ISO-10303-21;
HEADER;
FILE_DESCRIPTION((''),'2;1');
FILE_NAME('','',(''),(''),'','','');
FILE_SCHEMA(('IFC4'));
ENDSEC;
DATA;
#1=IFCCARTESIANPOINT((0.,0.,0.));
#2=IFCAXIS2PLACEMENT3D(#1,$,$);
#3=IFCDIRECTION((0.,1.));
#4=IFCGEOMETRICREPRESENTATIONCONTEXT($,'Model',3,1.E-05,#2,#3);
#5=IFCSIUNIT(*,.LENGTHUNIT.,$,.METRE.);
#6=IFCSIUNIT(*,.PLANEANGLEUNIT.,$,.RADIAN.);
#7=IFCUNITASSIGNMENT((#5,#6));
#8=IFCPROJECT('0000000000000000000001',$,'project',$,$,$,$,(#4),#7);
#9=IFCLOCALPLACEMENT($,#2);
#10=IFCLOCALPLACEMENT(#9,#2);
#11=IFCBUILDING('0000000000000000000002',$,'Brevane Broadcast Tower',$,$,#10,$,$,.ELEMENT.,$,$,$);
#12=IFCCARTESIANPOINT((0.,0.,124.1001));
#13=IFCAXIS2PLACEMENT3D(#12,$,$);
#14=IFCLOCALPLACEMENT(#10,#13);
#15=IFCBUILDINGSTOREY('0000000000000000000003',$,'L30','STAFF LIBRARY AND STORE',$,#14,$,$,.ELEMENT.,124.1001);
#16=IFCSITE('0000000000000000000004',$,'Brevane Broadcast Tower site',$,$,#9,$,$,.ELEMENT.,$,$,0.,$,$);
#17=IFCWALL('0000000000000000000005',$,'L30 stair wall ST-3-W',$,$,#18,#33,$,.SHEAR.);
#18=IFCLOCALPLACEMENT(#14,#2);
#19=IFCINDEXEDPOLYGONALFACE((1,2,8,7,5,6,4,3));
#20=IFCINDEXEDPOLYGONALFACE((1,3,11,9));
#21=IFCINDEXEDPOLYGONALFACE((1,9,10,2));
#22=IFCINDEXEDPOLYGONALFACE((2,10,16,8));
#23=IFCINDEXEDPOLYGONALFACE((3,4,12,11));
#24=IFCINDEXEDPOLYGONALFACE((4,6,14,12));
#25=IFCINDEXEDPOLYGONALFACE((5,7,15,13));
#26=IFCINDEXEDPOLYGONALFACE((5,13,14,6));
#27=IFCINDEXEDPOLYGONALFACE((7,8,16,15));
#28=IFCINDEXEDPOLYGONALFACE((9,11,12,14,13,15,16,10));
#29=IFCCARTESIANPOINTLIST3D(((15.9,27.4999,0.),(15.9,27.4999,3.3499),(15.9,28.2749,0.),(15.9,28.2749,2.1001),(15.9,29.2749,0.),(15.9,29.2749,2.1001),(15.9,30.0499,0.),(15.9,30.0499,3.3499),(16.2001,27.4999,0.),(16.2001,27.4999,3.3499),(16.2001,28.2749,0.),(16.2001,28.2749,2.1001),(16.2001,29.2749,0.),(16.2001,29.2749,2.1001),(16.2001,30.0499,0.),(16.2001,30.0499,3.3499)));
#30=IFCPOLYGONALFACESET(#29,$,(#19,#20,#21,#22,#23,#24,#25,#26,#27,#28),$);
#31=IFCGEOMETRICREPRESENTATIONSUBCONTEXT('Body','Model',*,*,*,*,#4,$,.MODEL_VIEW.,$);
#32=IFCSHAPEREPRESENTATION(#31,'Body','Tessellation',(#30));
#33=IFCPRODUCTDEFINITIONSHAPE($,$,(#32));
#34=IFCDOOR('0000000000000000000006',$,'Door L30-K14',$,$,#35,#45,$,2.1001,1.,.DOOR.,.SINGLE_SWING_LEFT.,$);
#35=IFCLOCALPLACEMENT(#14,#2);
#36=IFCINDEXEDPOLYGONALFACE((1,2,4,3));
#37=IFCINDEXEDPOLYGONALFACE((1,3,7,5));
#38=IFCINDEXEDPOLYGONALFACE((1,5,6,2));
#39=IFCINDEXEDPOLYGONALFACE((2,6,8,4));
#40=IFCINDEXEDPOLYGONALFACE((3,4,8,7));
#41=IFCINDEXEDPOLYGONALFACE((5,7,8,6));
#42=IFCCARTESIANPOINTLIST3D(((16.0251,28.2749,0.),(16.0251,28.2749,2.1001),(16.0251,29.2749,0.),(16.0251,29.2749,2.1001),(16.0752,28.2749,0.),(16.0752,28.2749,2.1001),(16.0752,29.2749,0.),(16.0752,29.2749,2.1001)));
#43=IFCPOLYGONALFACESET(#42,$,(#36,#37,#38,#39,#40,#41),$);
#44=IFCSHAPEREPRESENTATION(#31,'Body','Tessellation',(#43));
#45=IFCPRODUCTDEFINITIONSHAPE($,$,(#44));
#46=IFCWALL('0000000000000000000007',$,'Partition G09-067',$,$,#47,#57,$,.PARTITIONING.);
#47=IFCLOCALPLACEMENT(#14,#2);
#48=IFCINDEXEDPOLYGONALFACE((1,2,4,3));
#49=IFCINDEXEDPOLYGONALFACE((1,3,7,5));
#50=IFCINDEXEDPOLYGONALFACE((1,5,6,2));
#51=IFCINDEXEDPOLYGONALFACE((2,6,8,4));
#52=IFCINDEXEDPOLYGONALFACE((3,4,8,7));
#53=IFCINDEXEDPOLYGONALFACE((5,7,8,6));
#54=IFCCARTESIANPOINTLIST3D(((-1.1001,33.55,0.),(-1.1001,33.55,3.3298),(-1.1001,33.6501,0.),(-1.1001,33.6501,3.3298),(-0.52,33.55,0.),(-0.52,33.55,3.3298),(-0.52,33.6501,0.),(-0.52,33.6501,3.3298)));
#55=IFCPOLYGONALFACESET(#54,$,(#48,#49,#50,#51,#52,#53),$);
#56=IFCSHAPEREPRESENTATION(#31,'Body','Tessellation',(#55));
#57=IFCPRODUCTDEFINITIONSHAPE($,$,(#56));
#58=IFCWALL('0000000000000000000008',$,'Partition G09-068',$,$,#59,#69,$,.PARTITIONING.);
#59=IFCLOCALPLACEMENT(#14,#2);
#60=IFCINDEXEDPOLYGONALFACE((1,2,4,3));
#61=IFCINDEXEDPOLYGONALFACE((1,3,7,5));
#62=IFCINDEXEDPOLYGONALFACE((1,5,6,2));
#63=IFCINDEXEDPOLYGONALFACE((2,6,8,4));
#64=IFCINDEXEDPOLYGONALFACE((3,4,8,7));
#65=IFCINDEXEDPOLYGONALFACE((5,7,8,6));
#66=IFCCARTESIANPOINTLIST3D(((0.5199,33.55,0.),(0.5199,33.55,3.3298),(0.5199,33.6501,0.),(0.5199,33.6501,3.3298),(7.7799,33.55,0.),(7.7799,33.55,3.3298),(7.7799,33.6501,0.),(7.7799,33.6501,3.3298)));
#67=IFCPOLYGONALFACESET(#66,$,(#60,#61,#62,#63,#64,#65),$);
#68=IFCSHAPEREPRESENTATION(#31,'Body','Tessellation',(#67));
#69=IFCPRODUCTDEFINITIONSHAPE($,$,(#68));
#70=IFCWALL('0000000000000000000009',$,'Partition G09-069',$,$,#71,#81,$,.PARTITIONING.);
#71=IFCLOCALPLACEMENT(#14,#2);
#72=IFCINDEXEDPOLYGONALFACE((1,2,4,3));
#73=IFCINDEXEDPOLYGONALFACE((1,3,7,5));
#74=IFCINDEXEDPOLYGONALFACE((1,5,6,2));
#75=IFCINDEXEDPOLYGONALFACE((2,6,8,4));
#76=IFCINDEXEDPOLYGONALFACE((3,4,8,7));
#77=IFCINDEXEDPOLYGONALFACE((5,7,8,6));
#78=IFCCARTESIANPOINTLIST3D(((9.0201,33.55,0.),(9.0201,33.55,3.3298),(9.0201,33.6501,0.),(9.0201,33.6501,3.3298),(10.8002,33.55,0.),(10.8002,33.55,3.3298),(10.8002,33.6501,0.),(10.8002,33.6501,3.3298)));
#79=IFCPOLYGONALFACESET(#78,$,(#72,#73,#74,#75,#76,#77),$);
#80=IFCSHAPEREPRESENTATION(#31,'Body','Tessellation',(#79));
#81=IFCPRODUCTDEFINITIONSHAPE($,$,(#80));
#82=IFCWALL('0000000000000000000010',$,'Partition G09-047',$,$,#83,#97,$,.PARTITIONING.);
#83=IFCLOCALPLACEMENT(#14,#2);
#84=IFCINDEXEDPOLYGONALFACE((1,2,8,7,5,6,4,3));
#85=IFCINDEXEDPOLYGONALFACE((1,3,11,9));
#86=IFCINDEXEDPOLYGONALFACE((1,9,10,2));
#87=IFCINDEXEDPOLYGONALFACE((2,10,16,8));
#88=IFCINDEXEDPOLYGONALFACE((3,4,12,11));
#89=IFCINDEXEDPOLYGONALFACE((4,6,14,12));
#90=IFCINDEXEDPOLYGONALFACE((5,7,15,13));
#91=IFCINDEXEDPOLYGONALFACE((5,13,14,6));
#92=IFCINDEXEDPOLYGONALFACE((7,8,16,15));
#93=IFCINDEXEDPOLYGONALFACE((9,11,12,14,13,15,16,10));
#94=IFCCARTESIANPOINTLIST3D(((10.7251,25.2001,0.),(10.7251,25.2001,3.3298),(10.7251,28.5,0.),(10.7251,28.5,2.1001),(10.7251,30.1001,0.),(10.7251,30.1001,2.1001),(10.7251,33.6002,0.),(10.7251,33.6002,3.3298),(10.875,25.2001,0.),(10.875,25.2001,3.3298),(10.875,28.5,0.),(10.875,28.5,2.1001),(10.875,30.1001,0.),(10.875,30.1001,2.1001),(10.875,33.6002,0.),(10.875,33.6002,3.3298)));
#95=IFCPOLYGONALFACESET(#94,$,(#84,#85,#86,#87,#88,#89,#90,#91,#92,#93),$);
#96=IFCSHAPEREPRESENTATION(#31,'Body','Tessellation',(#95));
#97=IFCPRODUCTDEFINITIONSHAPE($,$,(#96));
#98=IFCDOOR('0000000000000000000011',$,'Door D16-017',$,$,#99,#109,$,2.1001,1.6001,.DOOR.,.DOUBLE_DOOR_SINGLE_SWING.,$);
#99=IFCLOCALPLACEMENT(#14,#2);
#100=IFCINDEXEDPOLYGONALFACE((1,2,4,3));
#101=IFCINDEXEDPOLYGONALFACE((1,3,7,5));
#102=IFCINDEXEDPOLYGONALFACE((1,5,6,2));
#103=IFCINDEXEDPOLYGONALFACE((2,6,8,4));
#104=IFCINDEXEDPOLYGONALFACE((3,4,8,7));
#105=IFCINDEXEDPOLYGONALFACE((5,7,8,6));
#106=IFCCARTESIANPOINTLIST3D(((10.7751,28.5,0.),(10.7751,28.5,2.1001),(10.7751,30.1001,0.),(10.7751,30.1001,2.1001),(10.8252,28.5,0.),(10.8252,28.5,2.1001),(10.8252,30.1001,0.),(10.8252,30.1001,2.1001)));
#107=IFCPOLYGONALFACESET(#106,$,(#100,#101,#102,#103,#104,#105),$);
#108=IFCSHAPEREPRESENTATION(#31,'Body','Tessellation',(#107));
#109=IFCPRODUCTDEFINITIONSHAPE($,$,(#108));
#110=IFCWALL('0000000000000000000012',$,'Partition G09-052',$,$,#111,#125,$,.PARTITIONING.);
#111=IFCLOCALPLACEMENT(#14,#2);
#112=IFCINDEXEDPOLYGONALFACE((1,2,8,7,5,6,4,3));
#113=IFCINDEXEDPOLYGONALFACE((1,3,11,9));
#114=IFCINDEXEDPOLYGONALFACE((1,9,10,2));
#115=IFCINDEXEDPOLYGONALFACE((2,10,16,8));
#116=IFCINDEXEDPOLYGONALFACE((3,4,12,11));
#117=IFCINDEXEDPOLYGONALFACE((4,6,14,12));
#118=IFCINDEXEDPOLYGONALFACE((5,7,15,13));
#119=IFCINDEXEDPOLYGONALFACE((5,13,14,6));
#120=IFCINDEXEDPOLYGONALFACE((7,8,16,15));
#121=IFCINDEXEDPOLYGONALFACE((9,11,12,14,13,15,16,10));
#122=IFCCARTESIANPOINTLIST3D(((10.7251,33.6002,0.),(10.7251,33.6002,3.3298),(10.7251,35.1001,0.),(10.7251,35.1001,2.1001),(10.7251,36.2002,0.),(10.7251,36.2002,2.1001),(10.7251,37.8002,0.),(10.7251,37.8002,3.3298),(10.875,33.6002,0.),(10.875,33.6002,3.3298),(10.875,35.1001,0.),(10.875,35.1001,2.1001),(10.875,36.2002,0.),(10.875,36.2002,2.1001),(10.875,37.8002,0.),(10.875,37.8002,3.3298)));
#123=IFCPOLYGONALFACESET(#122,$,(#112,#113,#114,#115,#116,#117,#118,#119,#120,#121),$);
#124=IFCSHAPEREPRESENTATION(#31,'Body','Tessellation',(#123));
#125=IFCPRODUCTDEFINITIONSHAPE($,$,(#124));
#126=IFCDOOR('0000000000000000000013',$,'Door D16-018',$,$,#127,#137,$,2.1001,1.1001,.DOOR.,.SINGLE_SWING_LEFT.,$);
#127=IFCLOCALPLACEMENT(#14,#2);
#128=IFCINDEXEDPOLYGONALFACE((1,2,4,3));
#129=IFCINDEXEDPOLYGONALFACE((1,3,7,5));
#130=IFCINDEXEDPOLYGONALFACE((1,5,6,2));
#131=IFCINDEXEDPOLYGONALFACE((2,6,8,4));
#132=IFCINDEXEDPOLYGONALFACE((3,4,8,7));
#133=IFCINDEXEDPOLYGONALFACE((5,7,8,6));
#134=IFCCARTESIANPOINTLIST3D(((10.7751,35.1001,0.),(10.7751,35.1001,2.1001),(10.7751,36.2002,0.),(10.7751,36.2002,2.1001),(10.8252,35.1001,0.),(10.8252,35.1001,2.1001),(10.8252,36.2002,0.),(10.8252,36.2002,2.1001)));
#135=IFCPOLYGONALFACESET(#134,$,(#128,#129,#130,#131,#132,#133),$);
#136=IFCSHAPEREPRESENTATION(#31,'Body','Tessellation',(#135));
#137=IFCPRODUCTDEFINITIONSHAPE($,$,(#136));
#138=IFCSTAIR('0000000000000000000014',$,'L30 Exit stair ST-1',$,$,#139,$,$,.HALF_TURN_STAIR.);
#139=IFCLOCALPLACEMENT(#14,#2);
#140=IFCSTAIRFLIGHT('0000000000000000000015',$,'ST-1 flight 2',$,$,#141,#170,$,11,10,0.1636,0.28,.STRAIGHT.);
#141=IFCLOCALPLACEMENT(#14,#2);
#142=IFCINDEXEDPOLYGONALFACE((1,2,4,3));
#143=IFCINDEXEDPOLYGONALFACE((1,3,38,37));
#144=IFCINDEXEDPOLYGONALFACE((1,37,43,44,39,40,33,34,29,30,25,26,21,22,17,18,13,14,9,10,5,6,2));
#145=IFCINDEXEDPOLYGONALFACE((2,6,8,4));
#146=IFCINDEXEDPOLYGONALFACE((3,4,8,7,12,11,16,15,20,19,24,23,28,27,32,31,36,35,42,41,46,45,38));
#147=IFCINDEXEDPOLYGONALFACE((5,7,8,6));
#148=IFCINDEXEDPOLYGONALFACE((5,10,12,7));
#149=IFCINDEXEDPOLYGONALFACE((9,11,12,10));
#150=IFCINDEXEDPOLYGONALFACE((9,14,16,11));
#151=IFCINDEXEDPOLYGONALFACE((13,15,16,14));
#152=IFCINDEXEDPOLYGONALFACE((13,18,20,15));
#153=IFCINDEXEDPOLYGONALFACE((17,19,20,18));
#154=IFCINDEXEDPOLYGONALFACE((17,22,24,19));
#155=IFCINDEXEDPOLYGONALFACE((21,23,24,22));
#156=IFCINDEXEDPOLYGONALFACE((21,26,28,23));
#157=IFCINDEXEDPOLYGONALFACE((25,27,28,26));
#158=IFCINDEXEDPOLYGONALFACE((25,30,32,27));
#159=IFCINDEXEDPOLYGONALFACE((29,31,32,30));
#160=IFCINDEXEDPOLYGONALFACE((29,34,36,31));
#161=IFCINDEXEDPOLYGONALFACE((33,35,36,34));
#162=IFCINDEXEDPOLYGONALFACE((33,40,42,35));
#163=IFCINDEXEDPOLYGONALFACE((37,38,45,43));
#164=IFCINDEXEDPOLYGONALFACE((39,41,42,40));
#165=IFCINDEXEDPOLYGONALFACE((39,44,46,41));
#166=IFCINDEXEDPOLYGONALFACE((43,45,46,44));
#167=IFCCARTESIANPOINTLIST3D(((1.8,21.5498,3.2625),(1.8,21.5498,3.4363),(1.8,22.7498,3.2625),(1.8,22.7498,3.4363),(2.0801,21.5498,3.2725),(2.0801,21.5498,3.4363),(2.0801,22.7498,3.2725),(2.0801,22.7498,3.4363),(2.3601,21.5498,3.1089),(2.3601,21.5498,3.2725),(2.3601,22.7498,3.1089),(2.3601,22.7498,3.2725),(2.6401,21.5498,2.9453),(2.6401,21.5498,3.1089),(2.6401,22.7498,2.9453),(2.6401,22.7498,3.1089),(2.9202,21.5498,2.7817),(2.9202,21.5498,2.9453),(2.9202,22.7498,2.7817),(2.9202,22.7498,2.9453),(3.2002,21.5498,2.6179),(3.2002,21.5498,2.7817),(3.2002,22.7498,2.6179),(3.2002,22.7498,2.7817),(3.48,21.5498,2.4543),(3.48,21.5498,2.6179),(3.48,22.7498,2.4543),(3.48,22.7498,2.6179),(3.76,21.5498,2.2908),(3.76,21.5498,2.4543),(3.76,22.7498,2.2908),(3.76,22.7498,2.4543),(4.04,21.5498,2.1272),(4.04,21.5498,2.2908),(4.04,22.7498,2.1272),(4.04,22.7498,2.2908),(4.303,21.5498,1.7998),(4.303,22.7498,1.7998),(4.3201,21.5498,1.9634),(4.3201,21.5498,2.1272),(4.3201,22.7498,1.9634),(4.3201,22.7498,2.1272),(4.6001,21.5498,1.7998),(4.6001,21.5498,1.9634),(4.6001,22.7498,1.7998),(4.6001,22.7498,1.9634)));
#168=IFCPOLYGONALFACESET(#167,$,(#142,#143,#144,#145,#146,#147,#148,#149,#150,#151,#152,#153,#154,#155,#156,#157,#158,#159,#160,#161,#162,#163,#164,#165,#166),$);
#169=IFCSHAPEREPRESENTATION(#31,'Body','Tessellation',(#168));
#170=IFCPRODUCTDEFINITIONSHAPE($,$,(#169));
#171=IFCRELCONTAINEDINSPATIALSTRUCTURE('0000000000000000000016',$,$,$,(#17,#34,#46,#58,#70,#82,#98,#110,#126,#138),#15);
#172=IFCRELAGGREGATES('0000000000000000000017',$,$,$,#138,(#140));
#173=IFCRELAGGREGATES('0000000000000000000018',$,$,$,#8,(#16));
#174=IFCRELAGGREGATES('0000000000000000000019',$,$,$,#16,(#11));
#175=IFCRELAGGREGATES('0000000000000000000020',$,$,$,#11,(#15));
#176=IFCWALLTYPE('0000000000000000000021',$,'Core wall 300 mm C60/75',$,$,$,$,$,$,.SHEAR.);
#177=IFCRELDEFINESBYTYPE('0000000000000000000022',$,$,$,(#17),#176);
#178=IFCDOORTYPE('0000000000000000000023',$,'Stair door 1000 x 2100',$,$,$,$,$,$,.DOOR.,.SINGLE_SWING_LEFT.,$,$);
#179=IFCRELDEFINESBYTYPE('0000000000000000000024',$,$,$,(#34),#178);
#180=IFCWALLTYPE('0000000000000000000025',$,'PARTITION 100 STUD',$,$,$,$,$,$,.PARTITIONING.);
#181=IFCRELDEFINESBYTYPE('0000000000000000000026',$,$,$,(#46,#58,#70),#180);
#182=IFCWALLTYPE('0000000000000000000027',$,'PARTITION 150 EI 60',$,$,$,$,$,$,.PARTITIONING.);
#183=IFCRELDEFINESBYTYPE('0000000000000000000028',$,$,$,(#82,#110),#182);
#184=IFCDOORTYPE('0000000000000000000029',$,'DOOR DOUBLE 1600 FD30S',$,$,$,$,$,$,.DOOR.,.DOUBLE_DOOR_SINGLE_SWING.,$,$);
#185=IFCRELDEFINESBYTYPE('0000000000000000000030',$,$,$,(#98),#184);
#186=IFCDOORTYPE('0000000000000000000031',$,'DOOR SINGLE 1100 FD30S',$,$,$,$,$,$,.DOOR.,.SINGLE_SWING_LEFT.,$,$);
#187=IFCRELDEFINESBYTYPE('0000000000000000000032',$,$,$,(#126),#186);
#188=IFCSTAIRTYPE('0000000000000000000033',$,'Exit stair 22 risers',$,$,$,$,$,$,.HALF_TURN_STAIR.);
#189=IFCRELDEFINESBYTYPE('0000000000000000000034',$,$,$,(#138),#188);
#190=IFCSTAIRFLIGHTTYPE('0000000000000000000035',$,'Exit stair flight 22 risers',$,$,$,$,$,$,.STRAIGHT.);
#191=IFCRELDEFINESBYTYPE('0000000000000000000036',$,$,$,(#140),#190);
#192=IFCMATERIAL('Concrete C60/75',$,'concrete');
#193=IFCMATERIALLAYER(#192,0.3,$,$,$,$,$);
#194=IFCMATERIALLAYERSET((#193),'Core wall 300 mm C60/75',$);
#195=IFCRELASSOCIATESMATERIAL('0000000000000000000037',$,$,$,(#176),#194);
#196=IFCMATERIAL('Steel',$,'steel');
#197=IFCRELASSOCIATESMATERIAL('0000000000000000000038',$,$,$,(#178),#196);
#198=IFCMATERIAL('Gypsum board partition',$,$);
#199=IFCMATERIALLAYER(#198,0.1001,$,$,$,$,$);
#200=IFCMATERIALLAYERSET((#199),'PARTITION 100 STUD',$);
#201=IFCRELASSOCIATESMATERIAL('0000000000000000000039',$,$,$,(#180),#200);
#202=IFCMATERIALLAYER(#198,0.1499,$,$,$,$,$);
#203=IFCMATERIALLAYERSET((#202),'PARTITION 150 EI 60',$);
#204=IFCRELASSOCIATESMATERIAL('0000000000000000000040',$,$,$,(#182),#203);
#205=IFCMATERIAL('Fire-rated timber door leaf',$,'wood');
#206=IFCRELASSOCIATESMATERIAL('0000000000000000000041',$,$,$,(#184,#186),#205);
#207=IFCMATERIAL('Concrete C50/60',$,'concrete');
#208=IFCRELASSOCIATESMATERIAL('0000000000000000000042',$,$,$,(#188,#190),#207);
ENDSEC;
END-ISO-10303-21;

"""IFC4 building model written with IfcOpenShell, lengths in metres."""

from ifc_helpers import new_model, si_unit, direction, frame, frame_2d, origin, place, context, subcontext, project, spatial, polyline, rectangle, outline, extrude, material, layer, layer_set, type_object, element, fill, aggregate, save


model = new_model("IFC4")

# Units and contexts
model_context = context("Model", 3, precision=1e-05, world=origin(), true_north=direction((0.0, 1.0)))
body_context = subcontext(model_context, "Body", "Model", "MODEL_VIEW")
ifc_project = project(units=[si_unit("LENGTHUNIT", "METRE"), si_unit("PLANEANGLEUNIT", "RADIAN")], contexts=[model_context])

# Site, building, storey
site_placement = place(None, origin())
site = spatial("IfcSite", under=ifc_project, at=site_placement, Name="Brevane Broadcast Tower site", CompositionType="ELEMENT", RefElevation=0.0)
building_placement = place(site_placement, origin())
building = spatial("IfcBuilding", under=site, at=building_placement, Name="Brevane Broadcast Tower", CompositionType="ELEMENT")
storey_placement = place(building_placement, frame((0.0, 0.0, 124.1001)))
storey = spatial("IfcBuildingStorey", under=building, at=storey_placement, Name="L30", Description="STAFF LIBRARY AND STORE", CompositionType="ELEMENT", Elevation=124.1001)

# Shared definitions
ifc_material_1 = material(Name="Concrete C60/75", Category="concrete")

# Shared definitions
ifc_layer_1 = layer(ifc_material_1, 0.3)
ifc_layer_set_1 = layer_set([ifc_layer_1], Name="Core wall 300 mm C60/75")
wall_type_1 = type_object("IfcWallType", Name="Core wall 300 mm C60/75", PredefinedType="SHEAR", material=ifc_layer_set_1)
ifc_material_2 = material(Name="Steel", Category="steel")
door_type_1 = type_object("IfcDoorType", Name="Stair door 1000 x 2100", OperationType="SINGLE_SWING_LEFT", PredefinedType="DOOR", material=ifc_material_2)

# Wall, opening, door
wall_1_placement = place(storey_placement, frame((16.05, 27.5, 0.0), z_axis=(0.0, 0.0, 1.0), x_axis=(0.0, 1.0, 0.0)))
wall_1 = element("IfcWall", 1, at=wall_1_placement, inside=storey, type_object=wall_type_1, Name="L30 stair wall ST-3-W", PredefinedType="SHEAR", context=body_context, shape_type="SweptSolid", body=[
    extrude(rectangle(XDim=2.55, YDim=0.3, at=frame_2d((1.2749, 0.0))), origin(), (0.0, 0.0, 1.0), 3.3499),
])
opening_1_placement = place(wall_1_placement, frame((0.7749, 0.0, 0.0)))
opening_1 = element("IfcOpeningElement", 2, at=opening_1_placement, cuts=wall_1, PredefinedType="OPENING", context=body_context, shape_type="SweptSolid", body=[
    extrude(rectangle(XDim=1.0, YDim=2.1001, at=frame_2d((0.5, 1.05))), frame((0.0, 0.1599, 0.0), z_axis=(0.0, -1.0, 0.0), x_axis=(1.0, 0.0, 0.0)), (0.0, 0.0, 1.0), 0.3201),
])
door_1_placement = place(opening_1_placement, origin())
door_1 = element("IfcDoor", 3, at=door_1_placement, inside=storey, type_object=door_type_1, Name="Door L30-K14", OperationType="SINGLE_SWING_LEFT", OverallHeight=2.1001, OverallWidth=1.0, PredefinedType="DOOR", context=body_context, shape_type="SweptSolid", body=[
    extrude(rectangle(XDim=1.0, YDim=2.1001, at=frame_2d((0.5, 1.05))), frame((0.0, 0.0249, 0.0), z_axis=(0.0, -1.0, 0.0), x_axis=(1.0, 0.0, 0.0)), (0.0, 0.0, 1.0), 0.05),
])
fill(opening_1, door_1)

# Walls
ifc_material_3 = material(Name="Gypsum board partition")
ifc_layer_2 = layer(ifc_material_3, 0.1001)
ifc_layer_set_2 = layer_set([ifc_layer_2], Name="PARTITION 100 STUD")
wall_type_2 = type_object("IfcWallType", Name="PARTITION 100 STUD", PredefinedType="PARTITIONING", material=ifc_layer_set_2)
wall_2_placement = place(storey_placement, frame((-1.1001, 33.6001, 0.0), z_axis=(0.0, 0.0, 1.0), x_axis=(1.0, 0.0, 0.0)))
element("IfcWall", 4, at=wall_2_placement, inside=storey, type_object=wall_type_2, Name="Partition G09-067", PredefinedType="PARTITIONING", context=body_context, shape_type="SweptSolid", body=[
    extrude(rectangle(XDim=0.5801, YDim=0.1001, at=frame_2d((0.29, 0.0))), origin(), (0.0, 0.0, 1.0), 3.3298),
])
wall_3_placement = place(storey_placement, frame((0.52, 33.6001, 0.0), z_axis=(0.0, 0.0, 1.0), x_axis=(1.0, 0.0, 0.0)))
element("IfcWall", 5, at=wall_3_placement, inside=storey, type_object=wall_type_2, Name="Partition G09-068", PredefinedType="PARTITIONING", context=body_context, shape_type="SweptSolid", body=[
    extrude(rectangle(XDim=7.26, YDim=0.1001, at=frame_2d((3.6299, 0.0))), origin(), (0.0, 0.0, 1.0), 3.3298),
])
wall_4_placement = place(storey_placement, frame((9.02, 33.6001, 0.0), z_axis=(0.0, 0.0, 1.0), x_axis=(1.0, 0.0, 0.0)))
element("IfcWall", 6, at=wall_4_placement, inside=storey, type_object=wall_type_2, Name="Partition G09-069", PredefinedType="PARTITIONING", context=body_context, shape_type="SweptSolid", body=[
    extrude(rectangle(XDim=1.78, YDim=0.1001, at=frame_2d((0.8901, 0.0))), origin(), (0.0, 0.0, 1.0), 3.3298),
])

# Walls, openings, doors
ifc_layer_3 = layer(ifc_material_3, 0.1499)
ifc_layer_set_3 = layer_set([ifc_layer_3], Name="PARTITION 150 EI 60")
wall_type_3 = type_object("IfcWallType", Name="PARTITION 150 EI 60", PredefinedType="PARTITIONING", material=ifc_layer_set_3)
wall_5_placement = place(storey_placement, frame((10.8, 25.2, 0.0), z_axis=(0.0, 0.0, 1.0), x_axis=(0.0, 1.0, 0.0)))
wall_5 = element("IfcWall", 7, at=wall_5_placement, inside=storey, type_object=wall_type_3, Name="Partition G09-047", PredefinedType="PARTITIONING", context=body_context, shape_type="SweptSolid", body=[
    extrude(rectangle(XDim=8.4001, YDim=0.1499, at=frame_2d((4.2002, 0.0))), origin(), (0.0, 0.0, 1.0), 3.3298),
])
opening_2_placement = place(wall_5_placement, frame((3.3, 0.0, 0.0)))
opening_2 = element("IfcOpeningElement", 8, at=opening_2_placement, cuts=wall_5, PredefinedType="OPENING", context=body_context, shape_type="SweptSolid", body=[
    extrude(rectangle(XDim=1.6001, YDim=2.1001, at=frame_2d((0.8, 1.05))), frame((0.0, 0.085, 0.0), z_axis=(0.0, -1.0, 0.0), x_axis=(1.0, 0.0, 0.0)), (0.0, 0.0, 1.0), 0.1699),
])
ifc_material_4 = material(Name="Fire-rated timber door leaf", Category="wood")
door_type_2 = type_object("IfcDoorType", Name="DOOR DOUBLE 1600 FD30S", OperationType="DOUBLE_DOOR_SINGLE_SWING", PredefinedType="DOOR", material=ifc_material_4)
door_2_placement = place(opening_2_placement, origin())
door_2 = element("IfcDoor", 9, at=door_2_placement, inside=storey, type_object=door_type_2, Name="Door D16-017", OperationType="DOUBLE_DOOR_SINGLE_SWING", OverallHeight=2.1001, OverallWidth=1.6001, PredefinedType="DOOR", context=body_context, shape_type="SweptSolid", body=[
    extrude(rectangle(XDim=1.6001, YDim=2.1001, at=frame_2d((0.8, 1.05))), frame((0.0, 0.0249, 0.0), z_axis=(0.0, -1.0, 0.0), x_axis=(1.0, 0.0, 0.0)), (0.0, 0.0, 1.0), 0.05),
])
fill(opening_2, door_2)
wall_6_placement = place(storey_placement, frame((10.8, 33.6001, 0.0), z_axis=(0.0, 0.0, 1.0), x_axis=(0.0, 1.0, 0.0)))
wall_6 = element("IfcWall", 10, at=wall_6_placement, inside=storey, type_object=wall_type_3, Name="Partition G09-052", PredefinedType="PARTITIONING", context=body_context, shape_type="SweptSolid", body=[
    extrude(rectangle(XDim=4.2, YDim=0.1499, at=frame_2d((2.1001, 0.0))), origin(), (0.0, 0.0, 1.0), 3.3298),
])
opening_3_placement = place(wall_6_placement, frame((1.5, 0.0, 0.0)))
opening_3 = element("IfcOpeningElement", 11, at=opening_3_placement, cuts=wall_6, PredefinedType="OPENING", context=body_context, shape_type="SweptSolid", body=[
    extrude(rectangle(XDim=1.1001, YDim=2.1001, at=frame_2d((0.55, 1.05))), frame((0.0, 0.085, 0.0), z_axis=(0.0, -1.0, 0.0), x_axis=(1.0, 0.0, 0.0)), (0.0, 0.0, 1.0), 0.1699),
])
door_type_3 = type_object("IfcDoorType", Name="DOOR SINGLE 1100 FD30S", OperationType="SINGLE_SWING_LEFT", PredefinedType="DOOR", material=ifc_material_4)
door_3_placement = place(opening_3_placement, origin())
door_3 = element("IfcDoor", 12, at=door_3_placement, inside=storey, type_object=door_type_3, Name="Door D16-018", OperationType="SINGLE_SWING_LEFT", OverallHeight=2.1001, OverallWidth=1.1001, PredefinedType="DOOR", context=body_context, shape_type="SweptSolid", body=[
    extrude(rectangle(XDim=1.1001, YDim=2.1001, at=frame_2d((0.55, 1.05))), frame((0.0, 0.0249, 0.0), z_axis=(0.0, -1.0, 0.0), x_axis=(1.0, 0.0, 0.0)), (0.0, 0.0, 1.0), 0.05),
])
fill(opening_3, door_3)

# Stair, stair flight
ifc_material_5 = material(Name="Concrete C50/60", Category="concrete")
stair_type = type_object("IfcStairType", Name="Exit stair 22 risers", PredefinedType="HALF_TURN_STAIR", material=ifc_material_5)
stair_1_placement = place(storey_placement, origin())
stair_1 = element("IfcStair", 13, at=stair_1_placement, inside=storey, type_object=stair_type, Name="L30 Exit stair ST-1", PredefinedType="HALF_TURN_STAIR")
stair_flight_type = type_object("IfcStairFlightType", Name="Exit stair flight 22 risers", PredefinedType="STRAIGHT", material=ifc_material_5)
stair_flight_1_placement = place(storey_placement, frame((4.6001, 22.1499, 1.7998), z_axis=(0.0, 0.0, 1.0), x_axis=(-1.0, 0.0, 0.0)))
stair_flight_1 = element("IfcStairFlight", 14, at=stair_flight_1_placement, type_object=stair_flight_type, Name="ST-1 flight 2", NumberOfRisers=11, NumberOfTreads=10, PredefinedType="STRAIGHT", RiserHeight=0.1636, TreadLength=0.28, context=body_context, shape_type="SweptSolid", body=[
    extrude(outline(polyline([(0.0, 0.0), (0.0, 0.1636), (0.28, 0.1636), (0.28, 0.3274), (0.5601, 0.3274), (0.5601, 0.491), (0.8401, 0.491), (0.8401, 0.6545), (1.1201, 0.6545), (1.1201, 0.8181), (1.3999, 0.8181), (1.3999, 0.9819), (1.6799, 0.9819), (1.6799, 1.1455), (1.96, 1.1455), (1.96, 1.3091), (2.24, 1.3091), (2.24, 1.4727), (2.52, 1.4727), (2.52, 1.6365), (2.8, 1.6365), (2.8, 1.8), (2.8, 1.4626), (0.2971, 0.0), (0.0, 0.0)])), frame((0.0, 0.6001, 0.0), z_axis=(0.0, -1.0, 0.0), x_axis=(1.0, 0.0, 0.0)), (0.0, 0.0, 1.0), 1.2),
])
aggregate(stair_1, [stair_flight_1])

save(model, "model.ifc")
